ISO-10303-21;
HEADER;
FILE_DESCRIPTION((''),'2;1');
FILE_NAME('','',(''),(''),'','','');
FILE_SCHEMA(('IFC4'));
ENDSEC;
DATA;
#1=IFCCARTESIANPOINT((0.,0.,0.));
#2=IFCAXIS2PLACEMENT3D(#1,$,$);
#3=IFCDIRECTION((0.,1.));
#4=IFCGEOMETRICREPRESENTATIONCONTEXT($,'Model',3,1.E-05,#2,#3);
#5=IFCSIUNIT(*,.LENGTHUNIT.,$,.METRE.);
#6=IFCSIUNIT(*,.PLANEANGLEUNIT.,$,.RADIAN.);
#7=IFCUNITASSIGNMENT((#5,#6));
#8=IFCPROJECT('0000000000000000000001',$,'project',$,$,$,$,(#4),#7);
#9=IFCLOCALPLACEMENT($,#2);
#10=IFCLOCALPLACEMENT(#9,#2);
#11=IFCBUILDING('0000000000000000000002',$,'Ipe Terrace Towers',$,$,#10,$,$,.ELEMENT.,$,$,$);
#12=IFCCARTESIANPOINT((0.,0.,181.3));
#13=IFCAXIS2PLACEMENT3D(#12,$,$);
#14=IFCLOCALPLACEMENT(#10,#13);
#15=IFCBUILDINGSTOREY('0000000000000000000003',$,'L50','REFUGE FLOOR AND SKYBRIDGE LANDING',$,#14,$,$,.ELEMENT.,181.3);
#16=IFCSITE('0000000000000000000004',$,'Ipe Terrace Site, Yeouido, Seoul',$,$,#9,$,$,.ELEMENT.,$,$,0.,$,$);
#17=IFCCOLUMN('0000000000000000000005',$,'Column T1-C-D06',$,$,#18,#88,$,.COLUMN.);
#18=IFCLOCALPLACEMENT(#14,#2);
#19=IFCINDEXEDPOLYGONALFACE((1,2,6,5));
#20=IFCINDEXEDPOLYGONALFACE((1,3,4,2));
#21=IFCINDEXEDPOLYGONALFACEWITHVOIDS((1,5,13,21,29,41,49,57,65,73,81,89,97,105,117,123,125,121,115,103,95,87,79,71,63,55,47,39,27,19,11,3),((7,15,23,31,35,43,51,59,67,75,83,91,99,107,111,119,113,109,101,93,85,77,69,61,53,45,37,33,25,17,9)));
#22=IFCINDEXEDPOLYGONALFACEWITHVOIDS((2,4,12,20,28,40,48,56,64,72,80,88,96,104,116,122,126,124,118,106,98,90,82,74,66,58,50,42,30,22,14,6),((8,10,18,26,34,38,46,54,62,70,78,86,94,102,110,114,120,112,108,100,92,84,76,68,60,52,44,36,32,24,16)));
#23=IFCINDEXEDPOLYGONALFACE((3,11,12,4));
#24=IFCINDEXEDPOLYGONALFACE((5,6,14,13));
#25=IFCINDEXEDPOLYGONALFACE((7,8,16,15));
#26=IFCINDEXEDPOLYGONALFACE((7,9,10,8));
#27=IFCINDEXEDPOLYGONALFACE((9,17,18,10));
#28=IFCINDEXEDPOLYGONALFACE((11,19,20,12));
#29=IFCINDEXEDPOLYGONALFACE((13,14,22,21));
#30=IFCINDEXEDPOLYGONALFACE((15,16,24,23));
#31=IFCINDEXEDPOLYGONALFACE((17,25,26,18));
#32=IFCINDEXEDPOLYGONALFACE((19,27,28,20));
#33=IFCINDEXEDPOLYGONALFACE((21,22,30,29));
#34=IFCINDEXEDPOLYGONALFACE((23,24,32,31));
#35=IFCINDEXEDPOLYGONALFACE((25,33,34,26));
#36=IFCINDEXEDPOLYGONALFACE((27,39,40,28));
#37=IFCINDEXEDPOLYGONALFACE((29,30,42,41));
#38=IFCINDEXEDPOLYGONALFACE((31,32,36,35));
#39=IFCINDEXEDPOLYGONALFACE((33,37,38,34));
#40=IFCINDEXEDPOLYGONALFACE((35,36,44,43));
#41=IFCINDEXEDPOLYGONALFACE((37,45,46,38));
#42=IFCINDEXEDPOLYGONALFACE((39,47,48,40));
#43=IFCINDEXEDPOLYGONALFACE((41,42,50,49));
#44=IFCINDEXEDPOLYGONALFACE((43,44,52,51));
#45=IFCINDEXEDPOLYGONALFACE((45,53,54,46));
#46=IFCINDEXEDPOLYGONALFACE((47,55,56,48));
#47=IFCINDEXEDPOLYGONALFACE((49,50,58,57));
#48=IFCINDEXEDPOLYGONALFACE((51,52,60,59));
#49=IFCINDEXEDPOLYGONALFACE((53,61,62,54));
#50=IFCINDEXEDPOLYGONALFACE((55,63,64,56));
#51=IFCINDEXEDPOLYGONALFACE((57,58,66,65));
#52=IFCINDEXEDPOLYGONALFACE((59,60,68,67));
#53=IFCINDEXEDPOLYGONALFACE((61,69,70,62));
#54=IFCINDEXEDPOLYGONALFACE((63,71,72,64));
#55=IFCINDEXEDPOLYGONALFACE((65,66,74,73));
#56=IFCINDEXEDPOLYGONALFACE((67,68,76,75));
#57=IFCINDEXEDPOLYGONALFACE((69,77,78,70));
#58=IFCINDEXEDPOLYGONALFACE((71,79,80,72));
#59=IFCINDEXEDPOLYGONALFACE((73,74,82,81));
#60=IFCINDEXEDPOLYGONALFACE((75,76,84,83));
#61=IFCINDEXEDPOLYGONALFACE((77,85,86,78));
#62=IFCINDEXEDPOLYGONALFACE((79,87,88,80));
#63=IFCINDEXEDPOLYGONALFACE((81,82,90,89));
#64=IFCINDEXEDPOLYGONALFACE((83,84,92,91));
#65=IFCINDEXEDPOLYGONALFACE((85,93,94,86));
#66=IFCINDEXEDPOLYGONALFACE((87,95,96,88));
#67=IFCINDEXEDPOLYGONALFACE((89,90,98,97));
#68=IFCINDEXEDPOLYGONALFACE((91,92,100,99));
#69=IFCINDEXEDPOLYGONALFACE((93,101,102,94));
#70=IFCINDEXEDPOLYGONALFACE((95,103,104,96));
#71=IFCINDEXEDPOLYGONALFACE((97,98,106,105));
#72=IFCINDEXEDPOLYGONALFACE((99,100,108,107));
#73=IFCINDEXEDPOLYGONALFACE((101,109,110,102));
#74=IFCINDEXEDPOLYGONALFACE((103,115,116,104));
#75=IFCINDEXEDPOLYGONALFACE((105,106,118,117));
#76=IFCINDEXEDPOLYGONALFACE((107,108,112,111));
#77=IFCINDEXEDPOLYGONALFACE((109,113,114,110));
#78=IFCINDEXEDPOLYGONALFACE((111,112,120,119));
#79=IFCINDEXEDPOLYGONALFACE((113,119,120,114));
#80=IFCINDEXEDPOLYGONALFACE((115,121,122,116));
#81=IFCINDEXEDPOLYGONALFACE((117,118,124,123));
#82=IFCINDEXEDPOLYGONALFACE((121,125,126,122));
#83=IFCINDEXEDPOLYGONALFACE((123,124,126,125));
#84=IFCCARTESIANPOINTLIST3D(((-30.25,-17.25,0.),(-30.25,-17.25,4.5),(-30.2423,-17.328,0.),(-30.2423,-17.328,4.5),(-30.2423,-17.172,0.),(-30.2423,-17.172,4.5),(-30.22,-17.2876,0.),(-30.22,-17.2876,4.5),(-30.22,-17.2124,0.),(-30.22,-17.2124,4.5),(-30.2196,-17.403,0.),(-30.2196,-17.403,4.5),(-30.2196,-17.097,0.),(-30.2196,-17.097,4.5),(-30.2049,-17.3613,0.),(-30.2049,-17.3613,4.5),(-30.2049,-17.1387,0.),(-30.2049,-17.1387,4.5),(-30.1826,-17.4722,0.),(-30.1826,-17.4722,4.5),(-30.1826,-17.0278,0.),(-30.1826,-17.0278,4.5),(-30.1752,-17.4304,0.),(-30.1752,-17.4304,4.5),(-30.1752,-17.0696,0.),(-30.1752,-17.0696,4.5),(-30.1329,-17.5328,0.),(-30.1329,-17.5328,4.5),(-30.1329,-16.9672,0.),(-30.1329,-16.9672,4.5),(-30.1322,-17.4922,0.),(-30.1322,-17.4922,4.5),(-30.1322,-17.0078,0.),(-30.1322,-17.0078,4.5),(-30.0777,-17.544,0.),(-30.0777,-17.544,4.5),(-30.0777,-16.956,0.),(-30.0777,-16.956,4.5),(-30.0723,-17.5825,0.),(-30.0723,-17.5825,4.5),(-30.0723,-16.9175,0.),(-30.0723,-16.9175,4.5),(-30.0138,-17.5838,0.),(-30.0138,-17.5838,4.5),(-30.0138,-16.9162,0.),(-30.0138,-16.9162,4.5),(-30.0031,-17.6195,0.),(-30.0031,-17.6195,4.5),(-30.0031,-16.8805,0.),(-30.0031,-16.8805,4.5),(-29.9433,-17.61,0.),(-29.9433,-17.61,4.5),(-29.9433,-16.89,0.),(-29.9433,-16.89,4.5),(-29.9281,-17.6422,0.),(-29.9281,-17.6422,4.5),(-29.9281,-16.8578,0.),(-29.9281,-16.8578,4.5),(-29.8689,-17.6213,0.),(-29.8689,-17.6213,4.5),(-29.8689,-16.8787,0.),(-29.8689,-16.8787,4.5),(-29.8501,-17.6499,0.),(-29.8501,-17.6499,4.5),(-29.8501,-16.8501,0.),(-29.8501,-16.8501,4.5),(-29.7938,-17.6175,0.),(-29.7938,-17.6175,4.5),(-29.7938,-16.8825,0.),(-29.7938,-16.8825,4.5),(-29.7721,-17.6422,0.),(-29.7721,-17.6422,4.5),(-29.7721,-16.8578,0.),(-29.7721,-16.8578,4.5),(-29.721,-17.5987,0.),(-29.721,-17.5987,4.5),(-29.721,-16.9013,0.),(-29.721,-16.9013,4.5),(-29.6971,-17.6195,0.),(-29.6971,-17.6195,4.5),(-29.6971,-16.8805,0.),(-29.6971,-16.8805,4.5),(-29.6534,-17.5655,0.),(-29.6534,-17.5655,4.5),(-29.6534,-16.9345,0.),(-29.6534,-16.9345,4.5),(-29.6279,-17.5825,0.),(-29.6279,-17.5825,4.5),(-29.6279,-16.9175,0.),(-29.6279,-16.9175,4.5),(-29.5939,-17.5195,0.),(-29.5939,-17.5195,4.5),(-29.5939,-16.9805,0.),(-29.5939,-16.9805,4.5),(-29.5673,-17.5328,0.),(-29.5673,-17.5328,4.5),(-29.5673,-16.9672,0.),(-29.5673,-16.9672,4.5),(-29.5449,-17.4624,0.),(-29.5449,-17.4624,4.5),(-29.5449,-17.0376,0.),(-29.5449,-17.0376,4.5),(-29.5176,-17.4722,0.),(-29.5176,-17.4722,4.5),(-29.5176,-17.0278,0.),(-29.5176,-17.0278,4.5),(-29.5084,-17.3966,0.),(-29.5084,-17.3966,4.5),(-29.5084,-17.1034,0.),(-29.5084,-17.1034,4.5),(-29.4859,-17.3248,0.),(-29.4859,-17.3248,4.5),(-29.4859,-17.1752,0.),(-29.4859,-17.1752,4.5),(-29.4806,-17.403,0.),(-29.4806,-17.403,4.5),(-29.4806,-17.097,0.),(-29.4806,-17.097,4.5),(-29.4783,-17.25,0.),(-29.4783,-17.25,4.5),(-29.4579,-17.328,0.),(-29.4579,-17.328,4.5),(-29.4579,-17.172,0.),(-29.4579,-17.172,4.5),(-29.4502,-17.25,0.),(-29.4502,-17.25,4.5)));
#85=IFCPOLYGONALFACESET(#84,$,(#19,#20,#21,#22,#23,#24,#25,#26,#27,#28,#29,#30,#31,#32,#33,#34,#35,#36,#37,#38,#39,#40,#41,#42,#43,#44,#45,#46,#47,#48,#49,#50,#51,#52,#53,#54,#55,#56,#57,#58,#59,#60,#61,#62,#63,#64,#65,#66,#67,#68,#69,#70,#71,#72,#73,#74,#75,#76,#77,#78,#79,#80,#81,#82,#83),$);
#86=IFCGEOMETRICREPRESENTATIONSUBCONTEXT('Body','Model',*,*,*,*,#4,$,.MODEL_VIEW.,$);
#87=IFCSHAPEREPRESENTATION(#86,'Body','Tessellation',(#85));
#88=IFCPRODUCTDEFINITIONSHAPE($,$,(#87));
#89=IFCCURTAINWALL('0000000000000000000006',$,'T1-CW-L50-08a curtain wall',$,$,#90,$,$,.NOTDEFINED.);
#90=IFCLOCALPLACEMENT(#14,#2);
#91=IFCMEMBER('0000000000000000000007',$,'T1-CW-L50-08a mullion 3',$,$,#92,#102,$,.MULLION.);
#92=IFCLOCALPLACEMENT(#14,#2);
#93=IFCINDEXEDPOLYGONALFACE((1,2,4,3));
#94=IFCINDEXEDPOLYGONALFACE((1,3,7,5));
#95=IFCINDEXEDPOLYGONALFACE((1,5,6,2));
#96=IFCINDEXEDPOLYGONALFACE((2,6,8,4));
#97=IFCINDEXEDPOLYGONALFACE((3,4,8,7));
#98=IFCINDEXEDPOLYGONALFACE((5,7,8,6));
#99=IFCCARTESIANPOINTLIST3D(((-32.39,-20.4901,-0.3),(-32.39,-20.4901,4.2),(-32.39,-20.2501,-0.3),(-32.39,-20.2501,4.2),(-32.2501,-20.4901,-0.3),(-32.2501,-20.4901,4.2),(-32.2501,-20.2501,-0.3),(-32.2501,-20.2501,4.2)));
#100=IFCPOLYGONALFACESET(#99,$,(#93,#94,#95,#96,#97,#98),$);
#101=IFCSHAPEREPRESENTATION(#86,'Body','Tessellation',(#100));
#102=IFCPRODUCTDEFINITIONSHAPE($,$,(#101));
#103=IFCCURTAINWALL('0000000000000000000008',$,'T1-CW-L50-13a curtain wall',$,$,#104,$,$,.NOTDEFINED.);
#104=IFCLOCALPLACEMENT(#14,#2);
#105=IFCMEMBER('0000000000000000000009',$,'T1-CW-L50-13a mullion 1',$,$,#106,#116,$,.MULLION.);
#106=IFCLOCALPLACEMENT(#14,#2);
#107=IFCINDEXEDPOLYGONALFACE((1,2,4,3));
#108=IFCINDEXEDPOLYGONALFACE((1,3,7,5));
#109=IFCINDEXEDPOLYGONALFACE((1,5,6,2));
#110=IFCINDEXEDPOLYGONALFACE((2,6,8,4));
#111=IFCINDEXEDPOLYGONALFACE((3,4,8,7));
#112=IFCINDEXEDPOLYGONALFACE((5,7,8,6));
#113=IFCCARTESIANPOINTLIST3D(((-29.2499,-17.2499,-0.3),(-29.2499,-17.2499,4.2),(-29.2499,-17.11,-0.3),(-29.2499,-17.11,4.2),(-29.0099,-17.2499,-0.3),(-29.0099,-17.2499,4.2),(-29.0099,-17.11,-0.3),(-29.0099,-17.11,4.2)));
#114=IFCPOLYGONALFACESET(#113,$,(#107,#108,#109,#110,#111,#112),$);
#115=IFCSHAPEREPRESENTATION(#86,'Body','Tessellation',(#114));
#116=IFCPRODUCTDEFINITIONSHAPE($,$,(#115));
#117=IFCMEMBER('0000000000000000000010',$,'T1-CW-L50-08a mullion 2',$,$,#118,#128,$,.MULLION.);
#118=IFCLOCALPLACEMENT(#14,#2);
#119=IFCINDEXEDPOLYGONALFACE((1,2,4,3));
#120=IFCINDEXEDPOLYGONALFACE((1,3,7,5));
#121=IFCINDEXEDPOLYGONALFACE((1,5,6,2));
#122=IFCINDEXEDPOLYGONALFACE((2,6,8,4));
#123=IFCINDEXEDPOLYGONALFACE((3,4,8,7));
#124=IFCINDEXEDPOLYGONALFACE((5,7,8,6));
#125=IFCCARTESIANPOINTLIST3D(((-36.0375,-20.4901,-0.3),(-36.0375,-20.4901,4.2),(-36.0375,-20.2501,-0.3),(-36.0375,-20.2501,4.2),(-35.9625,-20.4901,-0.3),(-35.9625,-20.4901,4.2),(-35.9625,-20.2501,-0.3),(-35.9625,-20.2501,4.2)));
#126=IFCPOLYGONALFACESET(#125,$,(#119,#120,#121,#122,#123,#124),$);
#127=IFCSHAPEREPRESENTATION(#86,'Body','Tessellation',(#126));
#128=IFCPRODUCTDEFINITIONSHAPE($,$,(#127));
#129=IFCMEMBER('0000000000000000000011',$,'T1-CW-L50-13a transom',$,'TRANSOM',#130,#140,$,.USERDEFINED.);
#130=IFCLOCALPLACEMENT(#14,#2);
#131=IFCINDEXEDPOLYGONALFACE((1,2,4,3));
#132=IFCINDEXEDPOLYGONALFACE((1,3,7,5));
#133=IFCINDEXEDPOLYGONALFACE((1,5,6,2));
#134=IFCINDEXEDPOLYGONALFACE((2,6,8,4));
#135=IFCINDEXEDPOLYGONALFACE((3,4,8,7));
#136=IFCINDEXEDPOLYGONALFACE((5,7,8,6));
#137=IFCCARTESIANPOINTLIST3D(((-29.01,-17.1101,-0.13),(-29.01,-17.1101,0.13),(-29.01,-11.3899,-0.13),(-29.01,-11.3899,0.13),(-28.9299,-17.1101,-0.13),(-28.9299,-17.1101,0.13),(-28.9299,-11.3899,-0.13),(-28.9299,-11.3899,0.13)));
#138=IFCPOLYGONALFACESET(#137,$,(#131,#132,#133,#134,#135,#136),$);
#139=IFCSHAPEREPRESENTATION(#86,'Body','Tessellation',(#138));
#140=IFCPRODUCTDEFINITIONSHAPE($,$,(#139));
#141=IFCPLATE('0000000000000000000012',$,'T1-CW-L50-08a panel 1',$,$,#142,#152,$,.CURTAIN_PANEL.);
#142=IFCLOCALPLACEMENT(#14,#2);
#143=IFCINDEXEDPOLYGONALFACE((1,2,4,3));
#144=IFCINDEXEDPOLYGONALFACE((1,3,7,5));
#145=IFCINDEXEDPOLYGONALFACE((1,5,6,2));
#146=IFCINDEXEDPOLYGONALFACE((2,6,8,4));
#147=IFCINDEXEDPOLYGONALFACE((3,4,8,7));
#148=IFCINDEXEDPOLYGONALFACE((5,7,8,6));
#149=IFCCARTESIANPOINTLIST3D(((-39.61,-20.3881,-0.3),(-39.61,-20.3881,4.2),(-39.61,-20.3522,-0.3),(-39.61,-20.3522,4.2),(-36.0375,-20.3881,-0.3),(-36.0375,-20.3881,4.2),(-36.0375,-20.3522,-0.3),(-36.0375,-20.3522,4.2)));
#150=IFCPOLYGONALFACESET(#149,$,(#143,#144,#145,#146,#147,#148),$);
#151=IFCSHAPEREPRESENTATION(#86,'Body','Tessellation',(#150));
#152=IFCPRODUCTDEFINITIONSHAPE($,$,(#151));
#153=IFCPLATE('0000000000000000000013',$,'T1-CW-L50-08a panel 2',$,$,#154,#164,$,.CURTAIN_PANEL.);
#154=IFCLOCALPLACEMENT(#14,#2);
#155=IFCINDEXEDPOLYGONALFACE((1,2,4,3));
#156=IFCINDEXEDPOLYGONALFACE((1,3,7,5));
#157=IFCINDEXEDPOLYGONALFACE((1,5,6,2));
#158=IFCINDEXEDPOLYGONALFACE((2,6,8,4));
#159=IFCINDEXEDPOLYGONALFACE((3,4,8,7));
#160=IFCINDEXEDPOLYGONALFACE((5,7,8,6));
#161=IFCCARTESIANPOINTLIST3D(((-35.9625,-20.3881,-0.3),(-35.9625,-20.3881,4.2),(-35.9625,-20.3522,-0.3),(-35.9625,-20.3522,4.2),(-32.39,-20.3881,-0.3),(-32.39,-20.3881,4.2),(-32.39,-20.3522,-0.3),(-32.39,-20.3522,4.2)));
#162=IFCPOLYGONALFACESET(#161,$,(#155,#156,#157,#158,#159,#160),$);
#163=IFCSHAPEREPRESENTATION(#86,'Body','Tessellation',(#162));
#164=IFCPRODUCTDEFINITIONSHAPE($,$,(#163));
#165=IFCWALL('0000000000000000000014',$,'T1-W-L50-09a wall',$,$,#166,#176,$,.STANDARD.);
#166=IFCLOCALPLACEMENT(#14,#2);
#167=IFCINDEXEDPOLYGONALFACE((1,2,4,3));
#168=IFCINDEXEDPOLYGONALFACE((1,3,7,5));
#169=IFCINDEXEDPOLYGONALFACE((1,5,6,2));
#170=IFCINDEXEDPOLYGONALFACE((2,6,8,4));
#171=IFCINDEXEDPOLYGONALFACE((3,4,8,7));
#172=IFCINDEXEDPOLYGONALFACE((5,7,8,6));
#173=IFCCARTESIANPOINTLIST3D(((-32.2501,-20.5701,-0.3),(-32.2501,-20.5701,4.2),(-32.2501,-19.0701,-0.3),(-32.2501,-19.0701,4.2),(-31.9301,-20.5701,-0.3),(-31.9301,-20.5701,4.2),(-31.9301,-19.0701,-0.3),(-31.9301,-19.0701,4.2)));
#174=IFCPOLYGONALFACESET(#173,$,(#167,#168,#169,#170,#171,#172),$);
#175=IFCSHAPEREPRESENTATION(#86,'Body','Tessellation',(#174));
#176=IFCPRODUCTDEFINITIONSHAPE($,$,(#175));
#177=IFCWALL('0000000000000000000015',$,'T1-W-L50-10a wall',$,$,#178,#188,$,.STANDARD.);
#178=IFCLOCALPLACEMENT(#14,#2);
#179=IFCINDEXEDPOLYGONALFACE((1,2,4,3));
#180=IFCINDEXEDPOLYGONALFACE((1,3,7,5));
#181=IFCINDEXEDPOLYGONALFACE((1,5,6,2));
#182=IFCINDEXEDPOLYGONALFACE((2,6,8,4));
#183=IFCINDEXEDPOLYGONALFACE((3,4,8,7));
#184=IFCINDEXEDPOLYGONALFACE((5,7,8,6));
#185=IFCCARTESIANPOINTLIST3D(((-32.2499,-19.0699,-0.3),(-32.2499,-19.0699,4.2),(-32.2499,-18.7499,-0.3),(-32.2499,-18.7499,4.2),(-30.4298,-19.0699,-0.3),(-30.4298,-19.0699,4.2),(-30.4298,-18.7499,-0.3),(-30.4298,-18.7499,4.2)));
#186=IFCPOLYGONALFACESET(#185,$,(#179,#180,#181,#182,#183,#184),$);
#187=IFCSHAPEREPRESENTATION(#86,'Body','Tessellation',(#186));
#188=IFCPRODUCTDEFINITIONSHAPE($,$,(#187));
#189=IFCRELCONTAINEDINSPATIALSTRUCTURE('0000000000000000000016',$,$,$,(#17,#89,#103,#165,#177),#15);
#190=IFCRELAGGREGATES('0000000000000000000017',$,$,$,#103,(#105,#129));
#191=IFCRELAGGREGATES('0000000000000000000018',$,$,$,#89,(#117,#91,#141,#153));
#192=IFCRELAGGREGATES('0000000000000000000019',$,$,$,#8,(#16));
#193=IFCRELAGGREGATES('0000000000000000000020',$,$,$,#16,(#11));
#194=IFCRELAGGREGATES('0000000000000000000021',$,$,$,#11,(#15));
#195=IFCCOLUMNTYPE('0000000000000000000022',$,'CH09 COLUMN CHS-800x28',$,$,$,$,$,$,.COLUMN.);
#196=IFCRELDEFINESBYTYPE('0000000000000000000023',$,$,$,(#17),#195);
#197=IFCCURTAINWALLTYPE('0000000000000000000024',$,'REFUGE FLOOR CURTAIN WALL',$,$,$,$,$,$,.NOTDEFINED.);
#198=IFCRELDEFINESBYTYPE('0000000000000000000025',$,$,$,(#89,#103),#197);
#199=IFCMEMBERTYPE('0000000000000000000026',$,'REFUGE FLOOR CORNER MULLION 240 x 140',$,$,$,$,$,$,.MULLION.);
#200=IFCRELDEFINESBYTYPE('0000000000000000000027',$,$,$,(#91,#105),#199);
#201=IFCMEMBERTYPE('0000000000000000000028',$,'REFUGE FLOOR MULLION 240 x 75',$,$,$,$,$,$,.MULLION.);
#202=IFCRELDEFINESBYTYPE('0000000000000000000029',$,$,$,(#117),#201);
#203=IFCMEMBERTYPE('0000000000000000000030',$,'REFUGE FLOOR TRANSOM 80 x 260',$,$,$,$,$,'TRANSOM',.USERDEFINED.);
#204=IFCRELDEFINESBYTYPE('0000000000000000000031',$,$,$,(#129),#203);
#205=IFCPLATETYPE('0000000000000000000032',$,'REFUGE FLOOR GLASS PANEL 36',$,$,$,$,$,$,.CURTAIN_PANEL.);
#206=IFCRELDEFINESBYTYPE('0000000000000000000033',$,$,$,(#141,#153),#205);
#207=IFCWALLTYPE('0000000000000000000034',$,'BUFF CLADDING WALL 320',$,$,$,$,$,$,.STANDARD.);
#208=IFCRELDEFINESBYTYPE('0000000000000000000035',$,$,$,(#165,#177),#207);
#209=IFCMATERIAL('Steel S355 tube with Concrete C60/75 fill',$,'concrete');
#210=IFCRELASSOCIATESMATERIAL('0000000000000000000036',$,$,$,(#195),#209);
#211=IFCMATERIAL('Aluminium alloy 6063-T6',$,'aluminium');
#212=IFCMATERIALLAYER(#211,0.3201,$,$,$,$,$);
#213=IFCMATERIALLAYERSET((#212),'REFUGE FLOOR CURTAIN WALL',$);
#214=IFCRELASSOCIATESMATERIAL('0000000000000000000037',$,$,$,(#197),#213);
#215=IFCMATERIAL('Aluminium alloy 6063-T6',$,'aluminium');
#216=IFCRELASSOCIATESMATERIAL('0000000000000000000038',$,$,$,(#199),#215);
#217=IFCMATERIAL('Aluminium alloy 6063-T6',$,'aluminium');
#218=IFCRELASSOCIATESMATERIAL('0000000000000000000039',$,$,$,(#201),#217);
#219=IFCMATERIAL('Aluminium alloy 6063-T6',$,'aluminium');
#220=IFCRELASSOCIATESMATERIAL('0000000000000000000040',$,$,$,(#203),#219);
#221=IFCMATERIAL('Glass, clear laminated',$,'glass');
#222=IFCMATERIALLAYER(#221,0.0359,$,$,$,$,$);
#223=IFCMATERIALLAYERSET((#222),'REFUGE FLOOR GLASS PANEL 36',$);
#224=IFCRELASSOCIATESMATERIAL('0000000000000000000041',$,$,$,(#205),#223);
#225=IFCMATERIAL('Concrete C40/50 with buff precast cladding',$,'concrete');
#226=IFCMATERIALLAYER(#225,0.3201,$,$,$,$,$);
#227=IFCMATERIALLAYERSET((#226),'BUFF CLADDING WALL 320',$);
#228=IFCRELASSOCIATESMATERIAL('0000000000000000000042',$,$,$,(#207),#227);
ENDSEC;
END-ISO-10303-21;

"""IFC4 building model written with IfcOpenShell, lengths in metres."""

from ifc_helpers import new_model, si_unit, direction, frame, frame_2d, origin, origin_2d, place, context, subcontext, project, spatial, rectangle, hollow_circle, extrude, material, layer, layer_set, material_profile, profile_set, type_object, element, aggregate, save


model = new_model("IFC4")

# Units and contexts
model_context = context("Model", 3, precision=1e-05, world=origin(), true_north=direction((0.0, 1.0)))
body_context = subcontext(model_context, "Body", "Model", "MODEL_VIEW")
ifc_project = project(units=[si_unit("LENGTHUNIT", "METRE"), si_unit("PLANEANGLEUNIT", "RADIAN")], contexts=[model_context])

# Site, building, storey
site_placement = place(None, origin())
site = spatial("IfcSite", under=ifc_project, at=site_placement, Name="Ipe Terrace Site, Yeouido, Seoul", CompositionType="ELEMENT", RefElevation=0.0)
building_placement = place(site_placement, origin())
building = spatial("IfcBuilding", under=site, at=building_placement, Name="Ipe Terrace Towers", CompositionType="ELEMENT")
storey_placement = place(building_placement, frame((0.0, 0.0, 181.3)))
storey = spatial("IfcBuildingStorey", under=building, at=storey_placement, Name="L50", Description="REFUGE FLOOR AND SKYBRIDGE LANDING", CompositionType="ELEMENT", Elevation=181.3)

# Column
ifc_material_1 = material(Name="Steel S355 tube with Concrete C60/75 fill", Category="concrete")
ifc_material_profile_1 = material_profile(ifc_material_1, hollow_circle(Radius=0.3999, WallThickness=0.0281, at=origin_2d()), Name="CHS-800x28")
ifc_profile_set_1 = profile_set([ifc_material_profile_1], Name="Steel S355 tube with Concrete C60/75 fill")
column_type = type_object("IfcColumnType", Name="CH09 COLUMN CHS-800x28", PredefinedType="COLUMN", material=ifc_profile_set_1)
column_placement = place(storey_placement, frame((-29.8501, -17.25, 0.0), z_axis=(0.0, 0.0, 1.0), x_axis=(1.0, 0.0, 0.0)))
element("IfcColumn", 1, at=column_placement, inside=storey, type_object=column_type, Name="Column T1-C-D06", PredefinedType="COLUMN", context=body_context, shape_type="SweptSolid", body=[
    extrude(hollow_circle(Radius=0.3999, WallThickness=0.0281, at=origin_2d()), origin(), (0.0, 0.0, 1.0), 4.5),
])

# Curtain walls, members
ifc_material_2 = material(Name="Aluminium alloy 6063-T6", Category="aluminium")
ifc_layer_1 = layer(ifc_material_2, 0.3201)
ifc_layer_set_1 = layer_set([ifc_layer_1], Name="REFUGE FLOOR CURTAIN WALL")
curtain_wall_type = type_object("IfcCurtainWallType", Name="REFUGE FLOOR CURTAIN WALL", PredefinedType="NOTDEFINED", material=ifc_layer_set_1)
curtain_wall_1_placement = place(storey_placement, origin())
curtain_wall_1 = element("IfcCurtainWall", 2, at=curtain_wall_1_placement, inside=storey, type_object=curtain_wall_type, Name="T1-CW-L50-08a curtain wall", PredefinedType="NOTDEFINED")
ifc_material_3 = material(Name="Aluminium alloy 6063-T6", Category="aluminium")
ifc_material_profile_2 = material_profile(ifc_material_3, rectangle(XDim=0.24, YDim=0.1399, at=origin_2d()), Name="REFUGE FLOOR CORNER MULLION 240 x 140")
ifc_profile_set_2 = profile_set([ifc_material_profile_2], Name="Aluminium alloy 6063-T6")
member_type_1 = type_object("IfcMemberType", Name="REFUGE FLOOR CORNER MULLION 240 x 140", PredefinedType="MULLION", material=ifc_profile_set_2)
member_1_placement = place(storey_placement, frame((-32.3201, -20.3701, -0.3), z_axis=(0.0, 0.0, 1.0), x_axis=(0.0, -1.0, 0.0)))
member_1 = element("IfcMember", 3, at=member_1_placement, type_object=member_type_1, Name="T1-CW-L50-08a mullion 3", PredefinedType="MULLION", context=body_context, shape_type="SweptSolid", body=[
    extrude(rectangle(XDim=0.24, YDim=0.1399, at=origin_2d()), origin(), (0.0, 0.0, 1.0), 4.5),
])
curtain_wall_2_placement = place(storey_placement, origin())
curtain_wall_2 = element("IfcCurtainWall", 4, at=curtain_wall_2_placement, inside=storey, type_object=curtain_wall_type, Name="T1-CW-L50-13a curtain wall", PredefinedType="NOTDEFINED")
member_2_placement = place(storey_placement, frame((-29.1299, -17.1799, -0.3), z_axis=(0.0, 0.0, 1.0), x_axis=(1.0, 0.0, 0.0)))
member_2 = element("IfcMember", 5, at=member_2_placement, type_object=member_type_1, Name="T1-CW-L50-13a mullion 1", PredefinedType="MULLION", context=body_context, shape_type="SweptSolid", body=[
    extrude(rectangle(XDim=0.24, YDim=0.1399, at=origin_2d()), origin(), (0.0, 0.0, 1.0), 4.5),
])

# Members
ifc_material_4 = material(Name="Aluminium alloy 6063-T6", Category="aluminium")
ifc_material_profile_3 = material_profile(ifc_material_4, rectangle(XDim=0.24, YDim=0.075, at=origin_2d()), Name="REFUGE FLOOR MULLION 240 x 75")
ifc_profile_set_3 = profile_set([ifc_material_profile_3], Name="Aluminium alloy 6063-T6")
member_type_2 = type_object("IfcMemberType", Name="REFUGE FLOOR MULLION 240 x 75", PredefinedType="MULLION", material=ifc_profile_set_3)
member_3_placement = place(storey_placement, frame((-36.0, -20.3701, -0.3), z_axis=(0.0, 0.0, 1.0), x_axis=(0.0, -1.0, 0.0)))
member_3 = element("IfcMember", 6, at=member_3_placement, type_object=member_type_2, Name="T1-CW-L50-08a mullion 2", PredefinedType="MULLION", context=body_context, shape_type="SweptSolid", body=[
    extrude(rectangle(XDim=0.24, YDim=0.075, at=origin_2d()), origin(), (0.0, 0.0, 1.0), 4.5),
])
ifc_material_5 = material(Name="Aluminium alloy 6063-T6", Category="aluminium")
ifc_material_profile_4 = material_profile(ifc_material_5, rectangle(XDim=0.0801, YDim=0.26, at=origin_2d()), Name="REFUGE FLOOR TRANSOM 80 x 260")
ifc_profile_set_4 = profile_set([ifc_material_profile_4], Name="Aluminium alloy 6063-T6")
member_type_3 = type_object("IfcMemberType", Name="REFUGE FLOOR TRANSOM 80 x 260", ElementType="TRANSOM", PredefinedType="USERDEFINED", material=ifc_profile_set_4)
member_4_placement = place(storey_placement, frame((-28.97, -17.1101, 0.0), z_axis=(0.0, 1.0, 0.0), x_axis=(1.0, 0.0, 0.0)))
member_4 = element("IfcMember", 7, at=member_4_placement, type_object=member_type_3, Name="T1-CW-L50-13a transom", ObjectType="TRANSOM", PredefinedType="USERDEFINED", context=body_context, shape_type="SweptSolid", body=[
    extrude(rectangle(XDim=0.0801, YDim=0.26, at=origin_2d()), origin(), (0.0, 0.0, 1.0), 5.7202),
])
aggregate(curtain_wall_2, [member_2, member_4])

# Plates
ifc_material_6 = material(Name="Glass, clear laminated", Category="glass")
ifc_layer_2 = layer(ifc_material_6, 0.0359)
ifc_layer_set_2 = layer_set([ifc_layer_2], Name="REFUGE FLOOR GLASS PANEL 36")
plate_type = type_object("IfcPlateType", Name="REFUGE FLOOR GLASS PANEL 36", PredefinedType="CURTAIN_PANEL", material=ifc_layer_set_2)
plate_1_placement = place(storey_placement, frame((-37.8237, -20.3701, -0.3), z_axis=(0.0, 0.0, 1.0), x_axis=(1.0, 0.0, 0.0)))
plate_1 = element("IfcPlate", 8, at=plate_1_placement, type_object=plate_type, Name="T1-CW-L50-08a panel 1", PredefinedType="CURTAIN_PANEL", context=body_context, shape_type="SweptSolid", body=[
    extrude(rectangle(XDim=3.5725, YDim=0.0359, at=origin_2d()), origin(), (0.0, 0.0, 1.0), 4.5),
])
plate_2_placement = place(storey_placement, frame((-34.1763, -20.3701, -0.3), z_axis=(0.0, 0.0, 1.0), x_axis=(1.0, 0.0, 0.0)))
plate_2 = element("IfcPlate", 9, at=plate_2_placement, type_object=plate_type, Name="T1-CW-L50-08a panel 2", PredefinedType="CURTAIN_PANEL", context=body_context, shape_type="SweptSolid", body=[
    extrude(rectangle(XDim=3.5725, YDim=0.0359, at=origin_2d()), origin(), (0.0, 0.0, 1.0), 4.5),
])
aggregate(curtain_wall_1, [member_3, member_1, plate_1, plate_2])

# Walls
ifc_material_7 = material(Name="Concrete C40/50 with buff precast cladding", Category="concrete")
ifc_layer_3 = layer(ifc_material_7, 0.3201)
ifc_layer_set_3 = layer_set([ifc_layer_3], Name="BUFF CLADDING WALL 320")
wall_type_1 = type_object("IfcWallType", Name="BUFF CLADDING WALL 320", PredefinedType="STANDARD", material=ifc_layer_set_3)
wall_1_placement = place(storey_placement, frame((-32.0901, -20.5701, -0.3), z_axis=(0.0, 0.0, 1.0), x_axis=(0.0, 1.0, 0.0)))
element("IfcWall", 10, at=wall_1_placement, inside=storey, type_object=wall_type_1, Name="T1-W-L50-09a wall", PredefinedType="STANDARD", context=body_context, shape_type="SweptSolid", body=[
    extrude(rectangle(XDim=1.5, YDim=0.3201, at=frame_2d((0.75, 0.0))), origin(), (0.0, 0.0, 1.0), 4.5),
])
wall_2_placement = place(storey_placement, frame((-32.25, -18.9099, -0.3), z_axis=(0.0, 0.0, 1.0), x_axis=(1.0, 0.0, 0.0)))
element("IfcWall", 11, at=wall_2_placement, inside=storey, type_object=wall_type_1, Name="T1-W-L50-10a wall", PredefinedType="STANDARD", context=body_context, shape_type="SweptSolid", body=[
    extrude(rectangle(XDim=1.8201, YDim=0.3201, at=frame_2d((0.9102, 0.0))), origin(), (0.0, 0.0, 1.0), 4.5),
])

save(model, "model.ifc")
